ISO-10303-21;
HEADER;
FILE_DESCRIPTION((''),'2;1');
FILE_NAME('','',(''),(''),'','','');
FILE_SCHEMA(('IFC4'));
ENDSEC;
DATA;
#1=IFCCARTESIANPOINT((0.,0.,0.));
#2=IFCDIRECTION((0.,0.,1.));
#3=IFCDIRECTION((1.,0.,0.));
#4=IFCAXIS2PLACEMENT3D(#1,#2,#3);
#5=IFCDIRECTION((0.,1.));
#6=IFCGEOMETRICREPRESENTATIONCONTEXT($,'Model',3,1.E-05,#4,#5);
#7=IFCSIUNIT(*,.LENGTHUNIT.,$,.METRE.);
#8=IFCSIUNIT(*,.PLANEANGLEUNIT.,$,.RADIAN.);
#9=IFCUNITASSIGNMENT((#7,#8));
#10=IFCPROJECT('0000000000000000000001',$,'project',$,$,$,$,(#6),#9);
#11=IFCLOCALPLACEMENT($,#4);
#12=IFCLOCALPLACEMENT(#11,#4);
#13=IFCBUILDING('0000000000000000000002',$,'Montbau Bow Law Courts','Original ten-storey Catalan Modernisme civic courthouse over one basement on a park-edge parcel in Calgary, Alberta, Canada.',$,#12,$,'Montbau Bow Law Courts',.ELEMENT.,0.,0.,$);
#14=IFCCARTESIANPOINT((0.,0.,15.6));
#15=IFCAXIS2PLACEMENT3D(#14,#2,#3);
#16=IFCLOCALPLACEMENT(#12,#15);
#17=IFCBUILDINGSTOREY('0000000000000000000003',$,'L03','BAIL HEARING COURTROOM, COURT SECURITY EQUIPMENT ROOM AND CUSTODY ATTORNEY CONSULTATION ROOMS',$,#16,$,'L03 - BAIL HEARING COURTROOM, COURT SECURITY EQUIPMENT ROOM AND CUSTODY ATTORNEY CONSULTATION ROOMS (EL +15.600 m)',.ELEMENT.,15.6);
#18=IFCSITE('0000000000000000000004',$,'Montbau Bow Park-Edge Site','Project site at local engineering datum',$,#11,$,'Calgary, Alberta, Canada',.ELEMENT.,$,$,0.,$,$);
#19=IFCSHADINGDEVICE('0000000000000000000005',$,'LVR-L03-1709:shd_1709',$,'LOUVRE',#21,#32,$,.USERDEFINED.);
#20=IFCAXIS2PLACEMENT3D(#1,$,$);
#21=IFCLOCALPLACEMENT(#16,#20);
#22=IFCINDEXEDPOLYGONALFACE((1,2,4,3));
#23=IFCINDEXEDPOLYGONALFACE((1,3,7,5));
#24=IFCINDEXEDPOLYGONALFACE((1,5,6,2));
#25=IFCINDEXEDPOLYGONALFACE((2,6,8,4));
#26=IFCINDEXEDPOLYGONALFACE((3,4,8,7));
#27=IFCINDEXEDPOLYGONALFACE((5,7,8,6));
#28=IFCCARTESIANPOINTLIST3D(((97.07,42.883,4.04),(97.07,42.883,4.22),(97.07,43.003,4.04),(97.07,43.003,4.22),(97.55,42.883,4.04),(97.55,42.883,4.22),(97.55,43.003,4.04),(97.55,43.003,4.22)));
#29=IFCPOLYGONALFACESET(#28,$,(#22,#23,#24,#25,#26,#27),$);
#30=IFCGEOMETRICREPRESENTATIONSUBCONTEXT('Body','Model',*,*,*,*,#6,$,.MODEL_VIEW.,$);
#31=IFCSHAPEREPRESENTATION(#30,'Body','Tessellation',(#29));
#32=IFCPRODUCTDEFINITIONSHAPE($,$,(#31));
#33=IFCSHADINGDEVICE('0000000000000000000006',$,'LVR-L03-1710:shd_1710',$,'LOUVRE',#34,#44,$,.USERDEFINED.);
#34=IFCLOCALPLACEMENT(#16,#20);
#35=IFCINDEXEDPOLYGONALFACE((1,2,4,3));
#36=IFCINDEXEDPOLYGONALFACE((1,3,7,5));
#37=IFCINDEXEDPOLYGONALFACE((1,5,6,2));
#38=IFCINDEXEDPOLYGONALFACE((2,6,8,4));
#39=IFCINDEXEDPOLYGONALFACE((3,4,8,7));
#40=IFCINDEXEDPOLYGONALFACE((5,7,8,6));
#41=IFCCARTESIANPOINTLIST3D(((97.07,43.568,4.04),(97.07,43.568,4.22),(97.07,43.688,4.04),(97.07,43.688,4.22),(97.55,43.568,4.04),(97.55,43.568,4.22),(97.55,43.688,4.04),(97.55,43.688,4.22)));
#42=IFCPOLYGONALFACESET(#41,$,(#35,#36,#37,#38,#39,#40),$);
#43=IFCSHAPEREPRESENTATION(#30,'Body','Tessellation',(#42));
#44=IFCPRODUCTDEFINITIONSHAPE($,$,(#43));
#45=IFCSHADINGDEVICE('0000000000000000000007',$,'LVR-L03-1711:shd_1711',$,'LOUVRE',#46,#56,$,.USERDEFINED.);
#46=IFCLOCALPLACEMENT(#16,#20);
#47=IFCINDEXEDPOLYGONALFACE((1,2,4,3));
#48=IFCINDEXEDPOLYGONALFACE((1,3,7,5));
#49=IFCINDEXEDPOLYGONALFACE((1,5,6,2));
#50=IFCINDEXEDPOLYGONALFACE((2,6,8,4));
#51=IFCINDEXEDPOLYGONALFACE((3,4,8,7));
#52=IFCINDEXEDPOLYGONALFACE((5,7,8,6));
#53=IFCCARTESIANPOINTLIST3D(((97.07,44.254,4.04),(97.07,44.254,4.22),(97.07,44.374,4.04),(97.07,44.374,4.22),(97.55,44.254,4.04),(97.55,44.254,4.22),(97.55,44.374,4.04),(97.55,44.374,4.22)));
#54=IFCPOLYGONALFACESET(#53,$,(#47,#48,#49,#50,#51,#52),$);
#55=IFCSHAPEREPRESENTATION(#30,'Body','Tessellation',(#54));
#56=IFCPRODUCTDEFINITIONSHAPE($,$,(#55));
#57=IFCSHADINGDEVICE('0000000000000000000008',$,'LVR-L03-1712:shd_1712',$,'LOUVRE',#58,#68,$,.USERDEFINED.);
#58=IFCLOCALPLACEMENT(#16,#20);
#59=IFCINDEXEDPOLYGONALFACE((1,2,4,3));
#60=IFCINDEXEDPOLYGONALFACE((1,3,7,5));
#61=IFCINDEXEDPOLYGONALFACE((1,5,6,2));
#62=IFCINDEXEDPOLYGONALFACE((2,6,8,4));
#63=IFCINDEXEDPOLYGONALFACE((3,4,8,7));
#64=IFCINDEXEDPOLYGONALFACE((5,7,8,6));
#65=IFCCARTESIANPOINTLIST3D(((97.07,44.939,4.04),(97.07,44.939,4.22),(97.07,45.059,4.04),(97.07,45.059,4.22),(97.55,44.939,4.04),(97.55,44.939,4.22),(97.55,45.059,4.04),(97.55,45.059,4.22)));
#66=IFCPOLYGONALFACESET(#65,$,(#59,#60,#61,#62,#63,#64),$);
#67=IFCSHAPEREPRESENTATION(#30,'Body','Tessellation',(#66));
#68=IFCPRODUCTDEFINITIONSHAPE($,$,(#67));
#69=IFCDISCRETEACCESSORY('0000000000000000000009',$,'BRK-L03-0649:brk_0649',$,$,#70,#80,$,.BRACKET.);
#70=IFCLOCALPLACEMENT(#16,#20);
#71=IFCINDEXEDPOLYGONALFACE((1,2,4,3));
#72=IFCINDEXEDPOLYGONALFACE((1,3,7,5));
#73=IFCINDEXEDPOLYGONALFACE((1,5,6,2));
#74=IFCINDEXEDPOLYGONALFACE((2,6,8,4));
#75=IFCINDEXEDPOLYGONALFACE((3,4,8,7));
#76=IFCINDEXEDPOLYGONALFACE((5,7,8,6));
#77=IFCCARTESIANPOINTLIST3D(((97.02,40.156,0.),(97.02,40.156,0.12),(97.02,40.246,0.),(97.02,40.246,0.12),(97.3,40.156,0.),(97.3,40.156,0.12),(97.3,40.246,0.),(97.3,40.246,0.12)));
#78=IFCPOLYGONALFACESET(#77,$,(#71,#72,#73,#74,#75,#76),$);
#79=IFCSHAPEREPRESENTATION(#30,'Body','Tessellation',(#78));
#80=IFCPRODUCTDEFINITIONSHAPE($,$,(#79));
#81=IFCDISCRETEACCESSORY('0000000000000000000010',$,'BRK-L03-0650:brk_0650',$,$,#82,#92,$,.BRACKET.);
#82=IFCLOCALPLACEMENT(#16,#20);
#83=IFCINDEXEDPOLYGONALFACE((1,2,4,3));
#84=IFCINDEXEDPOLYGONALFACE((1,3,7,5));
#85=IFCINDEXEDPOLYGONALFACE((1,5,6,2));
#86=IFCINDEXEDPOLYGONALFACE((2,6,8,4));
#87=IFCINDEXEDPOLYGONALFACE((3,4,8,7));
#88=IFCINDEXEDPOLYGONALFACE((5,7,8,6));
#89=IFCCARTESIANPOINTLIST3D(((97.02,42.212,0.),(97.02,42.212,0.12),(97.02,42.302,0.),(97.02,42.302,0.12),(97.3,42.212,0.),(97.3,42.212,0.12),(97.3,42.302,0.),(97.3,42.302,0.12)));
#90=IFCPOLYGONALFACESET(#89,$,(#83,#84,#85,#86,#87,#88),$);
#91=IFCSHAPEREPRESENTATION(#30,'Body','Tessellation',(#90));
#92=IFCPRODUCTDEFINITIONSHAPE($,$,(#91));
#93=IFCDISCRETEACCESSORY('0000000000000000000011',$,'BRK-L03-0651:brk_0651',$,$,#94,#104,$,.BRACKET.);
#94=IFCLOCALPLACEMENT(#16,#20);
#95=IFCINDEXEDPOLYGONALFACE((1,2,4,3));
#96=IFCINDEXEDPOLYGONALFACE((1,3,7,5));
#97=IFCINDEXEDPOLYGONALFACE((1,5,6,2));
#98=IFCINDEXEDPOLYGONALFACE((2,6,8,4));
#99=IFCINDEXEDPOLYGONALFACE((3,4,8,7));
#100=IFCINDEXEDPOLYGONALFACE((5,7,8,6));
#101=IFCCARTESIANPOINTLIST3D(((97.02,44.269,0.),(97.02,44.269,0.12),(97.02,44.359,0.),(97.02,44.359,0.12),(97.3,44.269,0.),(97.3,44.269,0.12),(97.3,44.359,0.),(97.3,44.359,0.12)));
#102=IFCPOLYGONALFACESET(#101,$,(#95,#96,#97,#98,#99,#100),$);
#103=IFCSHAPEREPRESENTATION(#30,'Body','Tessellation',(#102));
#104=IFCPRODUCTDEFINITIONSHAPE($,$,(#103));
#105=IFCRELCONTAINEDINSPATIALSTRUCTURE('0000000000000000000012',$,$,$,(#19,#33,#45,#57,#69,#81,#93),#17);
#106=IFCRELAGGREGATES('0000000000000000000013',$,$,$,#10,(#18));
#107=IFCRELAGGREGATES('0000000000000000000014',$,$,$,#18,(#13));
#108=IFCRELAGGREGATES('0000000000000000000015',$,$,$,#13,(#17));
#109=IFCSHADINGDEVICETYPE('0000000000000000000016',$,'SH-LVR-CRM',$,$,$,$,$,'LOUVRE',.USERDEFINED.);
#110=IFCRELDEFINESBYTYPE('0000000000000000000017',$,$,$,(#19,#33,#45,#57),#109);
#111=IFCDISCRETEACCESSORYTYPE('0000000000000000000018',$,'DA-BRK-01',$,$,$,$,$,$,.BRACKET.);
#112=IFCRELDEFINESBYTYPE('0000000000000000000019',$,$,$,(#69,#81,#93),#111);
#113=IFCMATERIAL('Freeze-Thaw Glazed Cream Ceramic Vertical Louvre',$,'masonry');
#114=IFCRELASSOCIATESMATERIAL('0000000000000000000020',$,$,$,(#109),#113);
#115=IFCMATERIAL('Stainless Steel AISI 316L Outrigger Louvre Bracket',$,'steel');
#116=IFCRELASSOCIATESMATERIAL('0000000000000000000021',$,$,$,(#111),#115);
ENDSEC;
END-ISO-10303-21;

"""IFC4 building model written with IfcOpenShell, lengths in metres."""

from ifc_helpers import new_model, si_unit, direction, frame, origin_with_axes, origin_2d_with_axis, place, context, subcontext, project, spatial, rectangle, extrude, material, type_object, element, save


model = new_model("IFC4")

# Units and contexts
model_context = context("Model", 3, precision=1e-05, world=origin_with_axes(), true_north=direction((0.0, 1.0)))
body_context = subcontext(model_context, "Body", "Model", "MODEL_VIEW")
ifc_project = project(units=[si_unit("LENGTHUNIT", "METRE"), si_unit("PLANEANGLEUNIT", "RADIAN")], contexts=[model_context])

# Site, building, storey
site_placement = place(None, origin_with_axes())
site = spatial("IfcSite", under=ifc_project, at=site_placement, Name="Montbau Bow Park-Edge Site", Description="Project site at local engineering datum", LongName="Calgary, Alberta, Canada", CompositionType="ELEMENT", RefElevation=0.0)
building_placement = place(site_placement, origin_with_axes())
building = spatial("IfcBuilding", under=site, at=building_placement, Name="Montbau Bow Law Courts", Description="Original ten-storey Catalan Modernisme civic courthouse over one basement on a park-edge parcel in Calgary, Alberta, Canada.", LongName="Montbau Bow Law Courts", CompositionType="ELEMENT", ElevationOfRefHeight=0.0, ElevationOfTerrain=0.0)
storey_placement = place(building_placement, frame((0.0, 0.0, 15.6), z_axis=(0.0, 0.0, 1.0), x_axis=(1.0, 0.0, 0.0)))
storey = spatial("IfcBuildingStorey", under=building, at=storey_placement, Name="L03", Description="BAIL HEARING COURTROOM, COURT SECURITY EQUIPMENT ROOM AND CUSTODY ATTORNEY CONSULTATION ROOMS", LongName="L03 - BAIL HEARING COURTROOM, COURT SECURITY EQUIPMENT ROOM AND CUSTODY ATTORNEY CONSULTATION ROOMS (EL +15.600 m)", CompositionType="ELEMENT", Elevation=15.6)

# Shading devices
ifc_material_1 = material(Name="Freeze-Thaw Glazed Cream Ceramic Vertical Louvre", Category="masonry")
shading_device_type = type_object("IfcShadingDeviceType", Name="SH-LVR-CRM", ElementType="LOUVRE", PredefinedType="USERDEFINED", material=ifc_material_1)
for number, where, z_axis, x_axis, name in (
    (1, (97.31, 42.943, 19.64), (0.0, 0.0, 1.0), (1.0, 0.0, 0.0), "LVR-L03-1709:shd_1709"),
    (2, (97.31, 43.628, 19.64), (0.0, 0.0, 1.0), (1.0, 0.0, 0.0), "LVR-L03-1710:shd_1710"),
    (3, (97.31, 44.314, 19.64), (0.0, 0.0, 1.0), (1.0, 0.0, 0.0), "LVR-L03-1711:shd_1711"),
    (4, (97.31, 44.999, 19.64), (0.0, 0.0, 1.0), (1.0, 0.0, 0.0), "LVR-L03-1712:shd_1712"),
):
    element("IfcShadingDevice", number, at=place(None, frame(where, z_axis=z_axis, x_axis=x_axis)), inside=storey, type_object=shading_device_type, Name=name, ObjectType="LOUVRE", PredefinedType="USERDEFINED", context=body_context, shape_type="SweptSolid", body=[
        extrude(rectangle(XDim=0.48, YDim=0.12, at=origin_2d_with_axis()), origin_with_axes(), (0.0, 0.0, 1.0), 0.18),
    ])

# Discrete accessories
ifc_material_2 = material(Name="Stainless Steel AISI 316L Outrigger Louvre Bracket", Category="steel")
discrete_accessory_type = type_object("IfcDiscreteAccessoryType", Name="DA-BRK-01", PredefinedType="BRACKET", material=ifc_material_2)
for number, where, z_axis, x_axis, name in (
    (5, (97.16, 40.201, 15.6), (0.0, 0.0, 1.0), (1.0, 0.0, 0.0), "BRK-L03-0649:brk_0649"),
    (6, (97.16, 42.257, 15.6), (0.0, 0.0, 1.0), (1.0, 0.0, 0.0), "BRK-L03-0650:brk_0650"),
    (7, (97.16, 44.314, 15.6), (0.0, 0.0, 1.0), (1.0, 0.0, 0.0), "BRK-L03-0651:brk_0651"),
):
    element("IfcDiscreteAccessory", number, at=place(None, frame(where, z_axis=z_axis, x_axis=x_axis)), inside=storey, type_object=discrete_accessory_type, Name=name, PredefinedType="BRACKET", context=body_context, shape_type="SweptSolid", body=[
        extrude(rectangle(XDim=0.28, YDim=0.09, at=origin_2d_with_axis()), origin_with_axes(), (0.0, 0.0, 1.0), 0.12),
    ])

save(model, "model.ifc")
